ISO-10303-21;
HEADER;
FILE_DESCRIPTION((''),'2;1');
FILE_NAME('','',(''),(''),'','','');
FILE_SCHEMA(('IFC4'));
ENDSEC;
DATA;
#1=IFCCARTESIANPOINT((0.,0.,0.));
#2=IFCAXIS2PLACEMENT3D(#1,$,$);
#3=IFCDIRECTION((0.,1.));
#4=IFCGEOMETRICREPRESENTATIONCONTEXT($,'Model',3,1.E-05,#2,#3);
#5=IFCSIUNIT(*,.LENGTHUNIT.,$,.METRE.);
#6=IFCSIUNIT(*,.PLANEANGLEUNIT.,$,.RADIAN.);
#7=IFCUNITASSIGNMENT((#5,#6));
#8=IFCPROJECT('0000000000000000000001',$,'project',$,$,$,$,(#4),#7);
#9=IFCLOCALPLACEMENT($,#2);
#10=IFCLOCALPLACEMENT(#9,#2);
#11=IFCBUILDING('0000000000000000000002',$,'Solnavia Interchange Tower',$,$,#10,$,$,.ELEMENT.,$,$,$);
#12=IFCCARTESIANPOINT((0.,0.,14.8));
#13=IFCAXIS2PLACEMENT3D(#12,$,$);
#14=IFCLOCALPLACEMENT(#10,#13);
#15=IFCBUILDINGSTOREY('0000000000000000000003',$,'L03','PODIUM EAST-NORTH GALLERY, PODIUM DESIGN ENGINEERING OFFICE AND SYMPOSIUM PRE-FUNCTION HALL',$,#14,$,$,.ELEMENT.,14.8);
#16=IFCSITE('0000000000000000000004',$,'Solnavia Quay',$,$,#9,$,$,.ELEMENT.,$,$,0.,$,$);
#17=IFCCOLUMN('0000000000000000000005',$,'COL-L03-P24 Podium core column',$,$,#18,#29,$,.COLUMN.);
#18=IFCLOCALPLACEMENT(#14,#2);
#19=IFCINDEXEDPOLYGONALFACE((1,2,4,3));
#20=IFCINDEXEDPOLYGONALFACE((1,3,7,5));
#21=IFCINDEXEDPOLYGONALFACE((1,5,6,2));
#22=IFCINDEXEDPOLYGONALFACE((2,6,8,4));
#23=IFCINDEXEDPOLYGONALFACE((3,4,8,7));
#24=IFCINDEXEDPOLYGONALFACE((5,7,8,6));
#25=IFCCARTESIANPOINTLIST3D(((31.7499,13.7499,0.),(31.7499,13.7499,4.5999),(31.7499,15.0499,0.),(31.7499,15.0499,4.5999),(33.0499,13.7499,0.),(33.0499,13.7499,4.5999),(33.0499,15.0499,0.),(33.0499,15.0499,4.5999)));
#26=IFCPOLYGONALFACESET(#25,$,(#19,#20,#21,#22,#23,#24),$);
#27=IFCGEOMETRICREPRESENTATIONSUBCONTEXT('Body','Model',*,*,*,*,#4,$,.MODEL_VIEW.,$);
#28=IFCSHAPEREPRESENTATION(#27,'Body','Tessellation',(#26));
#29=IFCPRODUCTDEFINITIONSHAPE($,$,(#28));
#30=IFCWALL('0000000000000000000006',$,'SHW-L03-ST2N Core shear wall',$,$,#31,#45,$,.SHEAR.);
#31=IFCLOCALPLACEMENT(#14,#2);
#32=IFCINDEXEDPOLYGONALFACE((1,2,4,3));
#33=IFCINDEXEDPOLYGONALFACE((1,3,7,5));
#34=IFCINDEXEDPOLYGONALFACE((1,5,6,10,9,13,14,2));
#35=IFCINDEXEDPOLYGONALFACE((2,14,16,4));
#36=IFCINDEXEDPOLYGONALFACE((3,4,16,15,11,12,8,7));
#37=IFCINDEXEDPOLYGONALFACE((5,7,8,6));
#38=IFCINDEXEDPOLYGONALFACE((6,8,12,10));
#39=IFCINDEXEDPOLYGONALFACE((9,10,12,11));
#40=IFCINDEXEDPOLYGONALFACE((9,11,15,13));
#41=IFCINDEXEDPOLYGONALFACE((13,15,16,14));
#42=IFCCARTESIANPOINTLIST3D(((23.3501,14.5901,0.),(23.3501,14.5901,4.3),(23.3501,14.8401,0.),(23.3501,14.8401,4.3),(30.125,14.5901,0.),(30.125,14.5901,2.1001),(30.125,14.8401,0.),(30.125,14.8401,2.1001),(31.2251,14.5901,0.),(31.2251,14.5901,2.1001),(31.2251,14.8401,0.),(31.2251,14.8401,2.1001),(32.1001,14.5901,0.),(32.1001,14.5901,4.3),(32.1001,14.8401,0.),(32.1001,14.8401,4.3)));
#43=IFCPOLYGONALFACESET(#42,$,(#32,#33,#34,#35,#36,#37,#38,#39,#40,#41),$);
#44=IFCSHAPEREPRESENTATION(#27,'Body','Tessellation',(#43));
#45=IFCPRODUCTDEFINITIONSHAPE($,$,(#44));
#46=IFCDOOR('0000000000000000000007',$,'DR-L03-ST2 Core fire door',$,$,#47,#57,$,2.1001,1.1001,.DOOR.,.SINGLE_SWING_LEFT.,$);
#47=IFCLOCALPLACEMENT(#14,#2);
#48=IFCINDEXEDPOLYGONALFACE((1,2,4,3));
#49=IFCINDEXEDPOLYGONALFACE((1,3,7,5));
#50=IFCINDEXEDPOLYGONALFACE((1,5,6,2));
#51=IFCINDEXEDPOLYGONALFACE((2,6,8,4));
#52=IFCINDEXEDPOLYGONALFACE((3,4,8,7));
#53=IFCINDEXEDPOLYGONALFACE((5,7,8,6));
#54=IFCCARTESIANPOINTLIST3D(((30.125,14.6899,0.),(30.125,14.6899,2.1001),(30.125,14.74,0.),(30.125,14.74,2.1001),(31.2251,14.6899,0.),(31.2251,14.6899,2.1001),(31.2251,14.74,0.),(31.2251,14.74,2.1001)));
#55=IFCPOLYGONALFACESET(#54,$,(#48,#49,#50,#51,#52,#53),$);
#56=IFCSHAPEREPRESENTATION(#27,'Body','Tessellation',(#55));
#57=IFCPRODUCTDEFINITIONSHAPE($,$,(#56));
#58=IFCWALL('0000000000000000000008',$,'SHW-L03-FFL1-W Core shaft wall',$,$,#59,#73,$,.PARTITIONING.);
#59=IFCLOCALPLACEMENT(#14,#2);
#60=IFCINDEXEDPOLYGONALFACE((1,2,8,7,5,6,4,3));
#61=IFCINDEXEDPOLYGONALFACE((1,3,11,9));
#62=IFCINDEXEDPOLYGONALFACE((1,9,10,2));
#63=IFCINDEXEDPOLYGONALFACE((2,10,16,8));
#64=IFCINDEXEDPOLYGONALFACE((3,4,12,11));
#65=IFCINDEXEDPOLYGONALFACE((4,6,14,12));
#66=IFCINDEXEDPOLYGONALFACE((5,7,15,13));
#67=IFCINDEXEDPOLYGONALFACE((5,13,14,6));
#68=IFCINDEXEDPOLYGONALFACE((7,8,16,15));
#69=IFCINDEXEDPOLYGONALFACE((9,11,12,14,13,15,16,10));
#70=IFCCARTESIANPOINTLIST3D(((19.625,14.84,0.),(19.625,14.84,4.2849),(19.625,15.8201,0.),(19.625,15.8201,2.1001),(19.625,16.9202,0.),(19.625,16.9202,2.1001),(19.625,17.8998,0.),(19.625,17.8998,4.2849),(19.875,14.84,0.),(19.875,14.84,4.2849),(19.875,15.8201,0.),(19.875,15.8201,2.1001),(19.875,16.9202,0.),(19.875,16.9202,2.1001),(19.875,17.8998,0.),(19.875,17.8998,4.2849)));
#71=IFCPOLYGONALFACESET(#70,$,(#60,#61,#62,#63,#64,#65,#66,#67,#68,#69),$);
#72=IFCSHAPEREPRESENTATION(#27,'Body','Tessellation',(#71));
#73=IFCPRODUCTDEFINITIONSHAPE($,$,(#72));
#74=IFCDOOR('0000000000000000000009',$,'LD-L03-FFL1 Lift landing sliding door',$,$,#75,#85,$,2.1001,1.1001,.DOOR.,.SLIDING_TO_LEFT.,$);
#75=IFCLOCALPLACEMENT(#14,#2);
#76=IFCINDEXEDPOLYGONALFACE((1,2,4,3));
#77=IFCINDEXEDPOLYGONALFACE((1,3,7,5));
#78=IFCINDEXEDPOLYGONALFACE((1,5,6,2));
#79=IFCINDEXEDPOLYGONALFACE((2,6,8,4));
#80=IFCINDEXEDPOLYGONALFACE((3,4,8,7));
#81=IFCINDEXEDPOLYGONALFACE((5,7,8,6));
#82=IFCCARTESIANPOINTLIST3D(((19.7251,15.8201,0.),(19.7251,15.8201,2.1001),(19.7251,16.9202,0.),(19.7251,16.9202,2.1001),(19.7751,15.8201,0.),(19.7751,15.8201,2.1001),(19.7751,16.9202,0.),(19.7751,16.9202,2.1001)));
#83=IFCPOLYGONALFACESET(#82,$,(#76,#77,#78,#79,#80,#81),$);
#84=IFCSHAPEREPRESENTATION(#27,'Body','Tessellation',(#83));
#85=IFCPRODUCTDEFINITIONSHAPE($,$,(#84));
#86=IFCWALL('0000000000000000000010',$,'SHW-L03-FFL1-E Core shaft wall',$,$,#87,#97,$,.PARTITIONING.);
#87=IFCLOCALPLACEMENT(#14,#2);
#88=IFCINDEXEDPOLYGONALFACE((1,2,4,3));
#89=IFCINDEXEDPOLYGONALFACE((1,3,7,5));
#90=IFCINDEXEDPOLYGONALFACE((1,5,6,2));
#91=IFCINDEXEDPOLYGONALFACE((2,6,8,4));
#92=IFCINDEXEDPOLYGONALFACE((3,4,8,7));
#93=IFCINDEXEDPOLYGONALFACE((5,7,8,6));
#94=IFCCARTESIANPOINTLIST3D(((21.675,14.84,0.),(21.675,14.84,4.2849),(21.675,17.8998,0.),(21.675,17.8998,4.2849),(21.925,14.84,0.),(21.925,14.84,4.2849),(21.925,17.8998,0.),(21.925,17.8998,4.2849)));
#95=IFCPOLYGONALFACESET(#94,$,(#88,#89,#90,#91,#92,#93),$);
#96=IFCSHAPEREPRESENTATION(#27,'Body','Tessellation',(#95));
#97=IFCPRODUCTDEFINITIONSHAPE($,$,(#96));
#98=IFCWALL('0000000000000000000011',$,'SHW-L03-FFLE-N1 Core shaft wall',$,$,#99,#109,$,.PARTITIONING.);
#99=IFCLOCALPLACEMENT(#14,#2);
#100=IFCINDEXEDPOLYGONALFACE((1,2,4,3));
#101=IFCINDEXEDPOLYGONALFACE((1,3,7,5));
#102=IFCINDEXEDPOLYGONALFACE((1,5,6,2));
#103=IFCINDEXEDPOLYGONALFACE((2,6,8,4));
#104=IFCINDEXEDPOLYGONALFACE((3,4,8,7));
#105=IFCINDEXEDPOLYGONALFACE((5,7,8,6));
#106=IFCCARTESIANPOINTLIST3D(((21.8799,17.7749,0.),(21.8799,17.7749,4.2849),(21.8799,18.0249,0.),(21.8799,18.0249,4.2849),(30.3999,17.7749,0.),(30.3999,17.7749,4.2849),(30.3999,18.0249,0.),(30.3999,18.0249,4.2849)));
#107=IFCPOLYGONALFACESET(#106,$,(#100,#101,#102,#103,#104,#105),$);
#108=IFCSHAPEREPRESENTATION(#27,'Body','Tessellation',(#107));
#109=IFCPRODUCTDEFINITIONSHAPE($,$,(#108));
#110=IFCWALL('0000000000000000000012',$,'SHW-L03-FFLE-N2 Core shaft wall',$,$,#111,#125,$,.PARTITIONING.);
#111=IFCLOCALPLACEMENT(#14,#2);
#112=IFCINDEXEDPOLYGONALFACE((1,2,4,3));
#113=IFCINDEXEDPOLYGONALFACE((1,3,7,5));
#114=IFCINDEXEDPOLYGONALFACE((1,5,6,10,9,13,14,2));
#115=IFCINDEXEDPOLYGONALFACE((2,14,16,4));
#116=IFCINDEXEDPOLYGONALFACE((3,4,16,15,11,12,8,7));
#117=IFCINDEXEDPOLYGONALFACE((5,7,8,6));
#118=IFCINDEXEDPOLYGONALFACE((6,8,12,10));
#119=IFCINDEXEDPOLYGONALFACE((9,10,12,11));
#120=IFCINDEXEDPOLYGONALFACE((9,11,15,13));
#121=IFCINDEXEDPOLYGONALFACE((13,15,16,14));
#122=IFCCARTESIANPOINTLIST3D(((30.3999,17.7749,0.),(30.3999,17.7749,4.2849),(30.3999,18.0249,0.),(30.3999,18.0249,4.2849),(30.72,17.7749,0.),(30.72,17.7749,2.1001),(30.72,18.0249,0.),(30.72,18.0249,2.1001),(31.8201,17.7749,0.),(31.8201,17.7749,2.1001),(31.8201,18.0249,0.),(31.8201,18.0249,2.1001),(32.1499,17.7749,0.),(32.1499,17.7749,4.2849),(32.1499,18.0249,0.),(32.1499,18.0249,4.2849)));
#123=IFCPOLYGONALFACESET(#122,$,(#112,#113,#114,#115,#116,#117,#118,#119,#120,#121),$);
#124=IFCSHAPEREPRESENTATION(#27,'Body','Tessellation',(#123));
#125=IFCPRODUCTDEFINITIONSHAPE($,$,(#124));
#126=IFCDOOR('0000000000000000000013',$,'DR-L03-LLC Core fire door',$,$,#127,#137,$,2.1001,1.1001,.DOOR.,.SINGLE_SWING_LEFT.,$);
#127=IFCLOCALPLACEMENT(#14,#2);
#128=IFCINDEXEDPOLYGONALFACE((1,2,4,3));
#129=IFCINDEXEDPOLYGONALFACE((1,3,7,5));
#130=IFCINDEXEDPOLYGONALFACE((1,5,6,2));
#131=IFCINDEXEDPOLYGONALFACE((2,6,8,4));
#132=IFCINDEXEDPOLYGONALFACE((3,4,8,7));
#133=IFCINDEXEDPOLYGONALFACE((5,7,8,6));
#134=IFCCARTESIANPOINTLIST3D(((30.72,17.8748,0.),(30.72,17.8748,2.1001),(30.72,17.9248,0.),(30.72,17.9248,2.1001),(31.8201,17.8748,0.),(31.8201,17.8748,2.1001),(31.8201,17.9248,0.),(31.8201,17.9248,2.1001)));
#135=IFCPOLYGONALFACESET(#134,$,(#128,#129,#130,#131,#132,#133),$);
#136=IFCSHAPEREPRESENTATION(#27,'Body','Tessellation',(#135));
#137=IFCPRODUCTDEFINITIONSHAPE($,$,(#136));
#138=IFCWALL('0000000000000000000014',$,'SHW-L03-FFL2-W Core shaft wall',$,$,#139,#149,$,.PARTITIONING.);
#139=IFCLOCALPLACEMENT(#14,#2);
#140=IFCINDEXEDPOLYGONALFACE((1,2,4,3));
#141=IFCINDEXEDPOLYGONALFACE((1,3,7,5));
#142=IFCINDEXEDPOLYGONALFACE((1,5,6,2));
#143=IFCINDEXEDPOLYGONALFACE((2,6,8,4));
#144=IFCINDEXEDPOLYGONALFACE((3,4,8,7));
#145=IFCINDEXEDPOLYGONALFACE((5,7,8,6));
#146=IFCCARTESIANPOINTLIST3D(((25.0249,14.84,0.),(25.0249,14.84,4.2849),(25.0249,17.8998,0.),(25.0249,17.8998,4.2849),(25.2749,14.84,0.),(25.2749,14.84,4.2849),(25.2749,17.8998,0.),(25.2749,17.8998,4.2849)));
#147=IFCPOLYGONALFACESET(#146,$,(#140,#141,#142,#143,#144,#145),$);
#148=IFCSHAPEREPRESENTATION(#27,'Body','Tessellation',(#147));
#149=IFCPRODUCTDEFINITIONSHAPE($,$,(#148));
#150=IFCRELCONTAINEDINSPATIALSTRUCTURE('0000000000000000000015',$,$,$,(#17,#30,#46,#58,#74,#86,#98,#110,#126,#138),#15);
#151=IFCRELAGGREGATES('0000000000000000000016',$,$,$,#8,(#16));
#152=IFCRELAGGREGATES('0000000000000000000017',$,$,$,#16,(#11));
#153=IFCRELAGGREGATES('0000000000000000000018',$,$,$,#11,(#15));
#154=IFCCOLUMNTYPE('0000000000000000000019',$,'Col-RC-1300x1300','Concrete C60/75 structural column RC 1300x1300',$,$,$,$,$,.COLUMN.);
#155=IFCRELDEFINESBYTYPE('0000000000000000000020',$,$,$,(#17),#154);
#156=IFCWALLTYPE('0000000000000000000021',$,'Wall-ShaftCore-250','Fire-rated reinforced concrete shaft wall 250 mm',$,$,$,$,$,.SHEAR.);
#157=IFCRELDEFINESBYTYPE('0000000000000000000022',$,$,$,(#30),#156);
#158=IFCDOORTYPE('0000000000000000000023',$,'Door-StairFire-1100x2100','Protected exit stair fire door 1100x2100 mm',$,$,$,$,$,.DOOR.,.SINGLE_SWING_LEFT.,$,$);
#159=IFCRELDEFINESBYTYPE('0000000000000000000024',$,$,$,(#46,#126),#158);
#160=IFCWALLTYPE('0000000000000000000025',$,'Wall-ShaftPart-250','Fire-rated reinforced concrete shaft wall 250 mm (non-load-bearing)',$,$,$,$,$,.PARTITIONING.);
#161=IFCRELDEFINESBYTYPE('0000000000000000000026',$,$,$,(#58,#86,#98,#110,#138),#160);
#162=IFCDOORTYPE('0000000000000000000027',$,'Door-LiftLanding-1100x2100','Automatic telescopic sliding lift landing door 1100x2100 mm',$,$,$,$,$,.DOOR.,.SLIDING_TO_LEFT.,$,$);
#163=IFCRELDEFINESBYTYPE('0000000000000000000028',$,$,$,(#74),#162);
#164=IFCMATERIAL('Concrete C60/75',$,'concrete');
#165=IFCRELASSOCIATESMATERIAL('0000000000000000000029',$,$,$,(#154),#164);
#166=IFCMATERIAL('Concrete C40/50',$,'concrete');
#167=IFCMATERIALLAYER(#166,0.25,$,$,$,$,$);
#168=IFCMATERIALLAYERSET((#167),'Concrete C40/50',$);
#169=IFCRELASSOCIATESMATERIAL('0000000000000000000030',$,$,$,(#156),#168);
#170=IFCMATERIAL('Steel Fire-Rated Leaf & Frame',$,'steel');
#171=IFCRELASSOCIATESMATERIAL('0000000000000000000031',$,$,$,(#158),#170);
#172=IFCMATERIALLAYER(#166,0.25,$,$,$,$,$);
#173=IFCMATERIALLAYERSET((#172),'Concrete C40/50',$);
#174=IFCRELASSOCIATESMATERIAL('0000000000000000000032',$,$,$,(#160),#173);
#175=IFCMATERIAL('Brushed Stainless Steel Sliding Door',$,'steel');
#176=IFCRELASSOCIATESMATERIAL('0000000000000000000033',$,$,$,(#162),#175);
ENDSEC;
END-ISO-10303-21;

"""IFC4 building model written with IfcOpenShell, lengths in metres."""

from ifc_helpers import new_model, si_unit, direction, frame, frame_2d, origin, origin_2d, place, context, subcontext, project, spatial, rectangle, extrude, material, layer, layer_set, material_profile, profile_set, type_object, element, fill, save


model = new_model("IFC4")

# Units and contexts
model_context = context("Model", 3, precision=1e-05, world=origin(), true_north=direction((0.0, 1.0)))
body_context = subcontext(model_context, "Body", "Model", "MODEL_VIEW")
ifc_project = project(units=[si_unit("LENGTHUNIT", "METRE"), si_unit("PLANEANGLEUNIT", "RADIAN")], contexts=[model_context])

# Site, building, storey
site_placement = place(None, origin())
site = spatial("IfcSite", under=ifc_project, at=site_placement, Name="Solnavia Quay", CompositionType="ELEMENT", RefElevation=0.0)
building_placement = place(site_placement, origin())
building = spatial("IfcBuilding", under=site, at=building_placement, Name="Solnavia Interchange Tower", CompositionType="ELEMENT")
storey_placement = place(building_placement, frame((0.0, 0.0, 14.8)))
storey = spatial("IfcBuildingStorey", under=building, at=storey_placement, Name="L03", Description="PODIUM EAST-NORTH GALLERY, PODIUM DESIGN ENGINEERING OFFICE AND SYMPOSIUM PRE-FUNCTION HALL", CompositionType="ELEMENT", Elevation=14.8)

# Column
ifc_material_1 = material(Name="Concrete C60/75", Category="concrete")
ifc_material_profile = material_profile(ifc_material_1, rectangle(XDim=1.3, YDim=1.3, at=origin_2d()), Name="RC 1300x1300")
ifc_profile_set = profile_set([ifc_material_profile], Name="Concrete C60/75")
column_type = type_object("IfcColumnType", Name="Col-RC-1300x1300", Description="Concrete C60/75 structural column RC 1300x1300", PredefinedType="COLUMN", material=ifc_profile_set)
column_placement = place(storey_placement, frame((32.3999, 14.3999, 0.0), z_axis=(0.0, 0.0, 1.0), x_axis=(1.0, 0.0, 0.0)))
element("IfcColumn", 1, at=column_placement, inside=storey, type_object=column_type, Name="COL-L03-P24 Podium core column", PredefinedType="COLUMN", context=body_context, shape_type="SweptSolid", body=[
    extrude(rectangle(XDim=1.3, YDim=1.3, at=origin_2d()), origin(), (0.0, 0.0, 1.0), 4.5999),
])

# Walls, openings, doors
ifc_material_2 = material(Name="Concrete C40/50", Category="concrete")
ifc_layer_1 = layer(ifc_material_2, 0.25)
ifc_layer_set_1 = layer_set([ifc_layer_1], Name="Concrete C40/50")
wall_type_1 = type_object("IfcWallType", Name="Wall-ShaftCore-250", Description="Fire-rated reinforced concrete shaft wall 250 mm", PredefinedType="SHEAR", material=ifc_layer_set_1)
wall_1_placement = place(storey_placement, frame((23.3501, 14.7151, 0.0), z_axis=(0.0, 0.0, 1.0), x_axis=(1.0, 0.0, 0.0)))
wall_1 = element("IfcWall", 2, at=wall_1_placement, inside=storey, type_object=wall_type_1, Name="SHW-L03-ST2N Core shear wall", PredefinedType="SHEAR", context=body_context, shape_type="SweptSolid", body=[
    extrude(rectangle(XDim=8.75, YDim=0.25, at=frame_2d((4.375, 0.0))), origin(), (0.0, 0.0, 1.0), 4.3),
])
opening_1_placement = place(wall_1_placement, frame((6.7749, 0.0, 0.0)))
opening_1 = element("IfcOpeningElement", 3, at=opening_1_placement, cuts=wall_1, PredefinedType="OPENING", context=body_context, shape_type="SweptSolid", body=[
    extrude(rectangle(XDim=1.1001, YDim=2.1001, at=frame_2d((0.55, 1.05))), frame((0.0, 0.135, 0.0), z_axis=(0.0, -1.0, 0.0), x_axis=(1.0, 0.0, 0.0)), (0.0, 0.0, 1.0), 0.27),
])
ifc_material_3 = material(Name="Steel Fire-Rated Leaf & Frame", Category="steel")
door_type_1 = type_object("IfcDoorType", Name="Door-StairFire-1100x2100", Description="Protected exit stair fire door 1100x2100 mm", OperationType="SINGLE_SWING_LEFT", PredefinedType="DOOR", material=ifc_material_3)
door_1_placement = place(opening_1_placement, origin())
door_1 = element("IfcDoor", 4, at=door_1_placement, inside=storey, type_object=door_type_1, Name="DR-L03-ST2 Core fire door", OperationType="SINGLE_SWING_LEFT", OverallHeight=2.1001, OverallWidth=1.1001, PredefinedType="DOOR", context=body_context, shape_type="SweptSolid", body=[
    extrude(rectangle(XDim=1.1001, YDim=2.1001, at=frame_2d((0.55, 1.05))), frame((0.0, 0.0249, 0.0), z_axis=(0.0, -1.0, 0.0), x_axis=(1.0, 0.0, 0.0)), (0.0, 0.0, 1.0), 0.05),
])
fill(opening_1, door_1)
ifc_layer_2 = layer(ifc_material_2, 0.25)
ifc_layer_set_2 = layer_set([ifc_layer_2], Name="Concrete C40/50")
wall_type_2 = type_object("IfcWallType", Name="Wall-ShaftPart-250", Description="Fire-rated reinforced concrete shaft wall 250 mm (non-load-bearing)", PredefinedType="PARTITIONING", material=ifc_layer_set_2)
wall_2_placement = place(storey_placement, frame((19.75, 14.8401, 0.0), z_axis=(0.0, 0.0, 1.0), x_axis=(0.0, 1.0, 0.0)))
wall_2 = element("IfcWall", 5, at=wall_2_placement, inside=storey, type_object=wall_type_2, Name="SHW-L03-FFL1-W Core shaft wall", PredefinedType="PARTITIONING", context=body_context, shape_type="SweptSolid", body=[
    extrude(rectangle(XDim=3.0598, YDim=0.25, at=frame_2d((1.5298, 0.0))), origin(), (0.0, 0.0, 1.0), 4.2849),
])
opening_2_placement = place(wall_2_placement, frame((0.98, 0.0, 0.0)))
opening_2 = element("IfcOpeningElement", 6, at=opening_2_placement, cuts=wall_2, PredefinedType="OPENING", context=body_context, shape_type="SweptSolid", body=[
    extrude(rectangle(XDim=1.1001, YDim=2.1001, at=frame_2d((0.55, 1.05))), frame((0.0, 0.135, 0.0), z_axis=(0.0, -1.0, 0.0), x_axis=(1.0, 0.0, 0.0)), (0.0, 0.0, 1.0), 0.27),
])
ifc_material_4 = material(Name="Brushed Stainless Steel Sliding Door", Category="steel")
door_type_2 = type_object("IfcDoorType", Name="Door-LiftLanding-1100x2100", Description="Automatic telescopic sliding lift landing door 1100x2100 mm", OperationType="SLIDING_TO_LEFT", PredefinedType="DOOR", material=ifc_material_4)
door_2_placement = place(opening_2_placement, origin())
door_2 = element("IfcDoor", 7, at=door_2_placement, inside=storey, type_object=door_type_2, Name="LD-L03-FFL1 Lift landing sliding door", OperationType="SLIDING_TO_LEFT", OverallHeight=2.1001, OverallWidth=1.1001, PredefinedType="DOOR", context=body_context, shape_type="SweptSolid", body=[
    extrude(rectangle(XDim=1.1001, YDim=2.1001, at=frame_2d((0.55, 1.05))), frame((0.0, 0.0249, 0.0), z_axis=(0.0, -1.0, 0.0), x_axis=(1.0, 0.0, 0.0)), (0.0, 0.0, 1.0), 0.05),
])
fill(opening_2, door_2)

# Walls
wall_3_placement = place(storey_placement, frame((21.8, 14.8401, 0.0), z_axis=(0.0, 0.0, 1.0), x_axis=(0.0, 1.0, 0.0)))
element("IfcWall", 8, at=wall_3_placement, inside=storey, type_object=wall_type_2, Name="SHW-L03-FFL1-E Core shaft wall", PredefinedType="PARTITIONING", context=body_context, shape_type="SweptSolid", body=[
    extrude(rectangle(XDim=3.0598, YDim=0.25, at=frame_2d((1.5298, 0.0))), origin(), (0.0, 0.0, 1.0), 4.2849),
])
wall_4_placement = place(storey_placement, frame((21.8799, 17.8999, 0.0), z_axis=(0.0, 0.0, 1.0), x_axis=(1.0, 0.0, 0.0)))
element("IfcWall", 9, at=wall_4_placement, inside=storey, type_object=wall_type_2, Name="SHW-L03-FFLE-N1 Core shaft wall", PredefinedType="PARTITIONING", context=body_context, shape_type="SweptSolid", body=[
    extrude(rectangle(XDim=8.52, YDim=0.25, at=frame_2d((4.26, 0.0))), origin(), (0.0, 0.0, 1.0), 4.2849),
])

# Wall, opening, door
wall_5_placement = place(storey_placement, frame((30.3999, 17.8999, 0.0), z_axis=(0.0, 0.0, 1.0), x_axis=(1.0, 0.0, 0.0)))
wall_5 = element("IfcWall", 10, at=wall_5_placement, inside=storey, type_object=wall_type_2, Name="SHW-L03-FFLE-N2 Core shaft wall", PredefinedType="PARTITIONING", context=body_context, shape_type="SweptSolid", body=[
    extrude(rectangle(XDim=1.75, YDim=0.25, at=frame_2d((0.875, 0.0))), origin(), (0.0, 0.0, 1.0), 4.2849),
])
opening_3_placement = place(wall_5_placement, frame((0.3201, 0.0, 0.0)))
opening_3 = element("IfcOpeningElement", 11, at=opening_3_placement, cuts=wall_5, PredefinedType="OPENING", context=body_context, shape_type="SweptSolid", body=[
    extrude(rectangle(XDim=1.1001, YDim=2.1001, at=frame_2d((0.55, 1.05))), frame((0.0, 0.135, 0.0), z_axis=(0.0, -1.0, 0.0), x_axis=(1.0, 0.0, 0.0)), (0.0, 0.0, 1.0), 0.27),
])
door_3_placement = place(opening_3_placement, origin())
door_3 = element("IfcDoor", 12, at=door_3_placement, inside=storey, type_object=door_type_1, Name="DR-L03-LLC Core fire door", OperationType="SINGLE_SWING_LEFT", OverallHeight=2.1001, OverallWidth=1.1001, PredefinedType="DOOR", context=body_context, shape_type="SweptSolid", body=[
    extrude(rectangle(XDim=1.1001, YDim=2.1001, at=frame_2d((0.55, 1.05))), frame((0.0, 0.0249, 0.0), z_axis=(0.0, -1.0, 0.0), x_axis=(1.0, 0.0, 0.0)), (0.0, 0.0, 1.0), 0.05),
])
fill(opening_3, door_3)

# Wall
wall_6_placement = place(storey_placement, frame((25.1499, 14.8401, 0.0), z_axis=(0.0, 0.0, 1.0), x_axis=(0.0, 1.0, 0.0)))
element("IfcWall", 13, at=wall_6_placement, inside=storey, type_object=wall_type_2, Name="SHW-L03-FFL2-W Core shaft wall", PredefinedType="PARTITIONING", context=body_context, shape_type="SweptSolid", body=[
    extrude(rectangle(XDim=3.0598, YDim=0.25, at=frame_2d((1.5298, 0.0))), origin(), (0.0, 0.0, 1.0), 4.2849),
])

save(model, "model.ifc")
